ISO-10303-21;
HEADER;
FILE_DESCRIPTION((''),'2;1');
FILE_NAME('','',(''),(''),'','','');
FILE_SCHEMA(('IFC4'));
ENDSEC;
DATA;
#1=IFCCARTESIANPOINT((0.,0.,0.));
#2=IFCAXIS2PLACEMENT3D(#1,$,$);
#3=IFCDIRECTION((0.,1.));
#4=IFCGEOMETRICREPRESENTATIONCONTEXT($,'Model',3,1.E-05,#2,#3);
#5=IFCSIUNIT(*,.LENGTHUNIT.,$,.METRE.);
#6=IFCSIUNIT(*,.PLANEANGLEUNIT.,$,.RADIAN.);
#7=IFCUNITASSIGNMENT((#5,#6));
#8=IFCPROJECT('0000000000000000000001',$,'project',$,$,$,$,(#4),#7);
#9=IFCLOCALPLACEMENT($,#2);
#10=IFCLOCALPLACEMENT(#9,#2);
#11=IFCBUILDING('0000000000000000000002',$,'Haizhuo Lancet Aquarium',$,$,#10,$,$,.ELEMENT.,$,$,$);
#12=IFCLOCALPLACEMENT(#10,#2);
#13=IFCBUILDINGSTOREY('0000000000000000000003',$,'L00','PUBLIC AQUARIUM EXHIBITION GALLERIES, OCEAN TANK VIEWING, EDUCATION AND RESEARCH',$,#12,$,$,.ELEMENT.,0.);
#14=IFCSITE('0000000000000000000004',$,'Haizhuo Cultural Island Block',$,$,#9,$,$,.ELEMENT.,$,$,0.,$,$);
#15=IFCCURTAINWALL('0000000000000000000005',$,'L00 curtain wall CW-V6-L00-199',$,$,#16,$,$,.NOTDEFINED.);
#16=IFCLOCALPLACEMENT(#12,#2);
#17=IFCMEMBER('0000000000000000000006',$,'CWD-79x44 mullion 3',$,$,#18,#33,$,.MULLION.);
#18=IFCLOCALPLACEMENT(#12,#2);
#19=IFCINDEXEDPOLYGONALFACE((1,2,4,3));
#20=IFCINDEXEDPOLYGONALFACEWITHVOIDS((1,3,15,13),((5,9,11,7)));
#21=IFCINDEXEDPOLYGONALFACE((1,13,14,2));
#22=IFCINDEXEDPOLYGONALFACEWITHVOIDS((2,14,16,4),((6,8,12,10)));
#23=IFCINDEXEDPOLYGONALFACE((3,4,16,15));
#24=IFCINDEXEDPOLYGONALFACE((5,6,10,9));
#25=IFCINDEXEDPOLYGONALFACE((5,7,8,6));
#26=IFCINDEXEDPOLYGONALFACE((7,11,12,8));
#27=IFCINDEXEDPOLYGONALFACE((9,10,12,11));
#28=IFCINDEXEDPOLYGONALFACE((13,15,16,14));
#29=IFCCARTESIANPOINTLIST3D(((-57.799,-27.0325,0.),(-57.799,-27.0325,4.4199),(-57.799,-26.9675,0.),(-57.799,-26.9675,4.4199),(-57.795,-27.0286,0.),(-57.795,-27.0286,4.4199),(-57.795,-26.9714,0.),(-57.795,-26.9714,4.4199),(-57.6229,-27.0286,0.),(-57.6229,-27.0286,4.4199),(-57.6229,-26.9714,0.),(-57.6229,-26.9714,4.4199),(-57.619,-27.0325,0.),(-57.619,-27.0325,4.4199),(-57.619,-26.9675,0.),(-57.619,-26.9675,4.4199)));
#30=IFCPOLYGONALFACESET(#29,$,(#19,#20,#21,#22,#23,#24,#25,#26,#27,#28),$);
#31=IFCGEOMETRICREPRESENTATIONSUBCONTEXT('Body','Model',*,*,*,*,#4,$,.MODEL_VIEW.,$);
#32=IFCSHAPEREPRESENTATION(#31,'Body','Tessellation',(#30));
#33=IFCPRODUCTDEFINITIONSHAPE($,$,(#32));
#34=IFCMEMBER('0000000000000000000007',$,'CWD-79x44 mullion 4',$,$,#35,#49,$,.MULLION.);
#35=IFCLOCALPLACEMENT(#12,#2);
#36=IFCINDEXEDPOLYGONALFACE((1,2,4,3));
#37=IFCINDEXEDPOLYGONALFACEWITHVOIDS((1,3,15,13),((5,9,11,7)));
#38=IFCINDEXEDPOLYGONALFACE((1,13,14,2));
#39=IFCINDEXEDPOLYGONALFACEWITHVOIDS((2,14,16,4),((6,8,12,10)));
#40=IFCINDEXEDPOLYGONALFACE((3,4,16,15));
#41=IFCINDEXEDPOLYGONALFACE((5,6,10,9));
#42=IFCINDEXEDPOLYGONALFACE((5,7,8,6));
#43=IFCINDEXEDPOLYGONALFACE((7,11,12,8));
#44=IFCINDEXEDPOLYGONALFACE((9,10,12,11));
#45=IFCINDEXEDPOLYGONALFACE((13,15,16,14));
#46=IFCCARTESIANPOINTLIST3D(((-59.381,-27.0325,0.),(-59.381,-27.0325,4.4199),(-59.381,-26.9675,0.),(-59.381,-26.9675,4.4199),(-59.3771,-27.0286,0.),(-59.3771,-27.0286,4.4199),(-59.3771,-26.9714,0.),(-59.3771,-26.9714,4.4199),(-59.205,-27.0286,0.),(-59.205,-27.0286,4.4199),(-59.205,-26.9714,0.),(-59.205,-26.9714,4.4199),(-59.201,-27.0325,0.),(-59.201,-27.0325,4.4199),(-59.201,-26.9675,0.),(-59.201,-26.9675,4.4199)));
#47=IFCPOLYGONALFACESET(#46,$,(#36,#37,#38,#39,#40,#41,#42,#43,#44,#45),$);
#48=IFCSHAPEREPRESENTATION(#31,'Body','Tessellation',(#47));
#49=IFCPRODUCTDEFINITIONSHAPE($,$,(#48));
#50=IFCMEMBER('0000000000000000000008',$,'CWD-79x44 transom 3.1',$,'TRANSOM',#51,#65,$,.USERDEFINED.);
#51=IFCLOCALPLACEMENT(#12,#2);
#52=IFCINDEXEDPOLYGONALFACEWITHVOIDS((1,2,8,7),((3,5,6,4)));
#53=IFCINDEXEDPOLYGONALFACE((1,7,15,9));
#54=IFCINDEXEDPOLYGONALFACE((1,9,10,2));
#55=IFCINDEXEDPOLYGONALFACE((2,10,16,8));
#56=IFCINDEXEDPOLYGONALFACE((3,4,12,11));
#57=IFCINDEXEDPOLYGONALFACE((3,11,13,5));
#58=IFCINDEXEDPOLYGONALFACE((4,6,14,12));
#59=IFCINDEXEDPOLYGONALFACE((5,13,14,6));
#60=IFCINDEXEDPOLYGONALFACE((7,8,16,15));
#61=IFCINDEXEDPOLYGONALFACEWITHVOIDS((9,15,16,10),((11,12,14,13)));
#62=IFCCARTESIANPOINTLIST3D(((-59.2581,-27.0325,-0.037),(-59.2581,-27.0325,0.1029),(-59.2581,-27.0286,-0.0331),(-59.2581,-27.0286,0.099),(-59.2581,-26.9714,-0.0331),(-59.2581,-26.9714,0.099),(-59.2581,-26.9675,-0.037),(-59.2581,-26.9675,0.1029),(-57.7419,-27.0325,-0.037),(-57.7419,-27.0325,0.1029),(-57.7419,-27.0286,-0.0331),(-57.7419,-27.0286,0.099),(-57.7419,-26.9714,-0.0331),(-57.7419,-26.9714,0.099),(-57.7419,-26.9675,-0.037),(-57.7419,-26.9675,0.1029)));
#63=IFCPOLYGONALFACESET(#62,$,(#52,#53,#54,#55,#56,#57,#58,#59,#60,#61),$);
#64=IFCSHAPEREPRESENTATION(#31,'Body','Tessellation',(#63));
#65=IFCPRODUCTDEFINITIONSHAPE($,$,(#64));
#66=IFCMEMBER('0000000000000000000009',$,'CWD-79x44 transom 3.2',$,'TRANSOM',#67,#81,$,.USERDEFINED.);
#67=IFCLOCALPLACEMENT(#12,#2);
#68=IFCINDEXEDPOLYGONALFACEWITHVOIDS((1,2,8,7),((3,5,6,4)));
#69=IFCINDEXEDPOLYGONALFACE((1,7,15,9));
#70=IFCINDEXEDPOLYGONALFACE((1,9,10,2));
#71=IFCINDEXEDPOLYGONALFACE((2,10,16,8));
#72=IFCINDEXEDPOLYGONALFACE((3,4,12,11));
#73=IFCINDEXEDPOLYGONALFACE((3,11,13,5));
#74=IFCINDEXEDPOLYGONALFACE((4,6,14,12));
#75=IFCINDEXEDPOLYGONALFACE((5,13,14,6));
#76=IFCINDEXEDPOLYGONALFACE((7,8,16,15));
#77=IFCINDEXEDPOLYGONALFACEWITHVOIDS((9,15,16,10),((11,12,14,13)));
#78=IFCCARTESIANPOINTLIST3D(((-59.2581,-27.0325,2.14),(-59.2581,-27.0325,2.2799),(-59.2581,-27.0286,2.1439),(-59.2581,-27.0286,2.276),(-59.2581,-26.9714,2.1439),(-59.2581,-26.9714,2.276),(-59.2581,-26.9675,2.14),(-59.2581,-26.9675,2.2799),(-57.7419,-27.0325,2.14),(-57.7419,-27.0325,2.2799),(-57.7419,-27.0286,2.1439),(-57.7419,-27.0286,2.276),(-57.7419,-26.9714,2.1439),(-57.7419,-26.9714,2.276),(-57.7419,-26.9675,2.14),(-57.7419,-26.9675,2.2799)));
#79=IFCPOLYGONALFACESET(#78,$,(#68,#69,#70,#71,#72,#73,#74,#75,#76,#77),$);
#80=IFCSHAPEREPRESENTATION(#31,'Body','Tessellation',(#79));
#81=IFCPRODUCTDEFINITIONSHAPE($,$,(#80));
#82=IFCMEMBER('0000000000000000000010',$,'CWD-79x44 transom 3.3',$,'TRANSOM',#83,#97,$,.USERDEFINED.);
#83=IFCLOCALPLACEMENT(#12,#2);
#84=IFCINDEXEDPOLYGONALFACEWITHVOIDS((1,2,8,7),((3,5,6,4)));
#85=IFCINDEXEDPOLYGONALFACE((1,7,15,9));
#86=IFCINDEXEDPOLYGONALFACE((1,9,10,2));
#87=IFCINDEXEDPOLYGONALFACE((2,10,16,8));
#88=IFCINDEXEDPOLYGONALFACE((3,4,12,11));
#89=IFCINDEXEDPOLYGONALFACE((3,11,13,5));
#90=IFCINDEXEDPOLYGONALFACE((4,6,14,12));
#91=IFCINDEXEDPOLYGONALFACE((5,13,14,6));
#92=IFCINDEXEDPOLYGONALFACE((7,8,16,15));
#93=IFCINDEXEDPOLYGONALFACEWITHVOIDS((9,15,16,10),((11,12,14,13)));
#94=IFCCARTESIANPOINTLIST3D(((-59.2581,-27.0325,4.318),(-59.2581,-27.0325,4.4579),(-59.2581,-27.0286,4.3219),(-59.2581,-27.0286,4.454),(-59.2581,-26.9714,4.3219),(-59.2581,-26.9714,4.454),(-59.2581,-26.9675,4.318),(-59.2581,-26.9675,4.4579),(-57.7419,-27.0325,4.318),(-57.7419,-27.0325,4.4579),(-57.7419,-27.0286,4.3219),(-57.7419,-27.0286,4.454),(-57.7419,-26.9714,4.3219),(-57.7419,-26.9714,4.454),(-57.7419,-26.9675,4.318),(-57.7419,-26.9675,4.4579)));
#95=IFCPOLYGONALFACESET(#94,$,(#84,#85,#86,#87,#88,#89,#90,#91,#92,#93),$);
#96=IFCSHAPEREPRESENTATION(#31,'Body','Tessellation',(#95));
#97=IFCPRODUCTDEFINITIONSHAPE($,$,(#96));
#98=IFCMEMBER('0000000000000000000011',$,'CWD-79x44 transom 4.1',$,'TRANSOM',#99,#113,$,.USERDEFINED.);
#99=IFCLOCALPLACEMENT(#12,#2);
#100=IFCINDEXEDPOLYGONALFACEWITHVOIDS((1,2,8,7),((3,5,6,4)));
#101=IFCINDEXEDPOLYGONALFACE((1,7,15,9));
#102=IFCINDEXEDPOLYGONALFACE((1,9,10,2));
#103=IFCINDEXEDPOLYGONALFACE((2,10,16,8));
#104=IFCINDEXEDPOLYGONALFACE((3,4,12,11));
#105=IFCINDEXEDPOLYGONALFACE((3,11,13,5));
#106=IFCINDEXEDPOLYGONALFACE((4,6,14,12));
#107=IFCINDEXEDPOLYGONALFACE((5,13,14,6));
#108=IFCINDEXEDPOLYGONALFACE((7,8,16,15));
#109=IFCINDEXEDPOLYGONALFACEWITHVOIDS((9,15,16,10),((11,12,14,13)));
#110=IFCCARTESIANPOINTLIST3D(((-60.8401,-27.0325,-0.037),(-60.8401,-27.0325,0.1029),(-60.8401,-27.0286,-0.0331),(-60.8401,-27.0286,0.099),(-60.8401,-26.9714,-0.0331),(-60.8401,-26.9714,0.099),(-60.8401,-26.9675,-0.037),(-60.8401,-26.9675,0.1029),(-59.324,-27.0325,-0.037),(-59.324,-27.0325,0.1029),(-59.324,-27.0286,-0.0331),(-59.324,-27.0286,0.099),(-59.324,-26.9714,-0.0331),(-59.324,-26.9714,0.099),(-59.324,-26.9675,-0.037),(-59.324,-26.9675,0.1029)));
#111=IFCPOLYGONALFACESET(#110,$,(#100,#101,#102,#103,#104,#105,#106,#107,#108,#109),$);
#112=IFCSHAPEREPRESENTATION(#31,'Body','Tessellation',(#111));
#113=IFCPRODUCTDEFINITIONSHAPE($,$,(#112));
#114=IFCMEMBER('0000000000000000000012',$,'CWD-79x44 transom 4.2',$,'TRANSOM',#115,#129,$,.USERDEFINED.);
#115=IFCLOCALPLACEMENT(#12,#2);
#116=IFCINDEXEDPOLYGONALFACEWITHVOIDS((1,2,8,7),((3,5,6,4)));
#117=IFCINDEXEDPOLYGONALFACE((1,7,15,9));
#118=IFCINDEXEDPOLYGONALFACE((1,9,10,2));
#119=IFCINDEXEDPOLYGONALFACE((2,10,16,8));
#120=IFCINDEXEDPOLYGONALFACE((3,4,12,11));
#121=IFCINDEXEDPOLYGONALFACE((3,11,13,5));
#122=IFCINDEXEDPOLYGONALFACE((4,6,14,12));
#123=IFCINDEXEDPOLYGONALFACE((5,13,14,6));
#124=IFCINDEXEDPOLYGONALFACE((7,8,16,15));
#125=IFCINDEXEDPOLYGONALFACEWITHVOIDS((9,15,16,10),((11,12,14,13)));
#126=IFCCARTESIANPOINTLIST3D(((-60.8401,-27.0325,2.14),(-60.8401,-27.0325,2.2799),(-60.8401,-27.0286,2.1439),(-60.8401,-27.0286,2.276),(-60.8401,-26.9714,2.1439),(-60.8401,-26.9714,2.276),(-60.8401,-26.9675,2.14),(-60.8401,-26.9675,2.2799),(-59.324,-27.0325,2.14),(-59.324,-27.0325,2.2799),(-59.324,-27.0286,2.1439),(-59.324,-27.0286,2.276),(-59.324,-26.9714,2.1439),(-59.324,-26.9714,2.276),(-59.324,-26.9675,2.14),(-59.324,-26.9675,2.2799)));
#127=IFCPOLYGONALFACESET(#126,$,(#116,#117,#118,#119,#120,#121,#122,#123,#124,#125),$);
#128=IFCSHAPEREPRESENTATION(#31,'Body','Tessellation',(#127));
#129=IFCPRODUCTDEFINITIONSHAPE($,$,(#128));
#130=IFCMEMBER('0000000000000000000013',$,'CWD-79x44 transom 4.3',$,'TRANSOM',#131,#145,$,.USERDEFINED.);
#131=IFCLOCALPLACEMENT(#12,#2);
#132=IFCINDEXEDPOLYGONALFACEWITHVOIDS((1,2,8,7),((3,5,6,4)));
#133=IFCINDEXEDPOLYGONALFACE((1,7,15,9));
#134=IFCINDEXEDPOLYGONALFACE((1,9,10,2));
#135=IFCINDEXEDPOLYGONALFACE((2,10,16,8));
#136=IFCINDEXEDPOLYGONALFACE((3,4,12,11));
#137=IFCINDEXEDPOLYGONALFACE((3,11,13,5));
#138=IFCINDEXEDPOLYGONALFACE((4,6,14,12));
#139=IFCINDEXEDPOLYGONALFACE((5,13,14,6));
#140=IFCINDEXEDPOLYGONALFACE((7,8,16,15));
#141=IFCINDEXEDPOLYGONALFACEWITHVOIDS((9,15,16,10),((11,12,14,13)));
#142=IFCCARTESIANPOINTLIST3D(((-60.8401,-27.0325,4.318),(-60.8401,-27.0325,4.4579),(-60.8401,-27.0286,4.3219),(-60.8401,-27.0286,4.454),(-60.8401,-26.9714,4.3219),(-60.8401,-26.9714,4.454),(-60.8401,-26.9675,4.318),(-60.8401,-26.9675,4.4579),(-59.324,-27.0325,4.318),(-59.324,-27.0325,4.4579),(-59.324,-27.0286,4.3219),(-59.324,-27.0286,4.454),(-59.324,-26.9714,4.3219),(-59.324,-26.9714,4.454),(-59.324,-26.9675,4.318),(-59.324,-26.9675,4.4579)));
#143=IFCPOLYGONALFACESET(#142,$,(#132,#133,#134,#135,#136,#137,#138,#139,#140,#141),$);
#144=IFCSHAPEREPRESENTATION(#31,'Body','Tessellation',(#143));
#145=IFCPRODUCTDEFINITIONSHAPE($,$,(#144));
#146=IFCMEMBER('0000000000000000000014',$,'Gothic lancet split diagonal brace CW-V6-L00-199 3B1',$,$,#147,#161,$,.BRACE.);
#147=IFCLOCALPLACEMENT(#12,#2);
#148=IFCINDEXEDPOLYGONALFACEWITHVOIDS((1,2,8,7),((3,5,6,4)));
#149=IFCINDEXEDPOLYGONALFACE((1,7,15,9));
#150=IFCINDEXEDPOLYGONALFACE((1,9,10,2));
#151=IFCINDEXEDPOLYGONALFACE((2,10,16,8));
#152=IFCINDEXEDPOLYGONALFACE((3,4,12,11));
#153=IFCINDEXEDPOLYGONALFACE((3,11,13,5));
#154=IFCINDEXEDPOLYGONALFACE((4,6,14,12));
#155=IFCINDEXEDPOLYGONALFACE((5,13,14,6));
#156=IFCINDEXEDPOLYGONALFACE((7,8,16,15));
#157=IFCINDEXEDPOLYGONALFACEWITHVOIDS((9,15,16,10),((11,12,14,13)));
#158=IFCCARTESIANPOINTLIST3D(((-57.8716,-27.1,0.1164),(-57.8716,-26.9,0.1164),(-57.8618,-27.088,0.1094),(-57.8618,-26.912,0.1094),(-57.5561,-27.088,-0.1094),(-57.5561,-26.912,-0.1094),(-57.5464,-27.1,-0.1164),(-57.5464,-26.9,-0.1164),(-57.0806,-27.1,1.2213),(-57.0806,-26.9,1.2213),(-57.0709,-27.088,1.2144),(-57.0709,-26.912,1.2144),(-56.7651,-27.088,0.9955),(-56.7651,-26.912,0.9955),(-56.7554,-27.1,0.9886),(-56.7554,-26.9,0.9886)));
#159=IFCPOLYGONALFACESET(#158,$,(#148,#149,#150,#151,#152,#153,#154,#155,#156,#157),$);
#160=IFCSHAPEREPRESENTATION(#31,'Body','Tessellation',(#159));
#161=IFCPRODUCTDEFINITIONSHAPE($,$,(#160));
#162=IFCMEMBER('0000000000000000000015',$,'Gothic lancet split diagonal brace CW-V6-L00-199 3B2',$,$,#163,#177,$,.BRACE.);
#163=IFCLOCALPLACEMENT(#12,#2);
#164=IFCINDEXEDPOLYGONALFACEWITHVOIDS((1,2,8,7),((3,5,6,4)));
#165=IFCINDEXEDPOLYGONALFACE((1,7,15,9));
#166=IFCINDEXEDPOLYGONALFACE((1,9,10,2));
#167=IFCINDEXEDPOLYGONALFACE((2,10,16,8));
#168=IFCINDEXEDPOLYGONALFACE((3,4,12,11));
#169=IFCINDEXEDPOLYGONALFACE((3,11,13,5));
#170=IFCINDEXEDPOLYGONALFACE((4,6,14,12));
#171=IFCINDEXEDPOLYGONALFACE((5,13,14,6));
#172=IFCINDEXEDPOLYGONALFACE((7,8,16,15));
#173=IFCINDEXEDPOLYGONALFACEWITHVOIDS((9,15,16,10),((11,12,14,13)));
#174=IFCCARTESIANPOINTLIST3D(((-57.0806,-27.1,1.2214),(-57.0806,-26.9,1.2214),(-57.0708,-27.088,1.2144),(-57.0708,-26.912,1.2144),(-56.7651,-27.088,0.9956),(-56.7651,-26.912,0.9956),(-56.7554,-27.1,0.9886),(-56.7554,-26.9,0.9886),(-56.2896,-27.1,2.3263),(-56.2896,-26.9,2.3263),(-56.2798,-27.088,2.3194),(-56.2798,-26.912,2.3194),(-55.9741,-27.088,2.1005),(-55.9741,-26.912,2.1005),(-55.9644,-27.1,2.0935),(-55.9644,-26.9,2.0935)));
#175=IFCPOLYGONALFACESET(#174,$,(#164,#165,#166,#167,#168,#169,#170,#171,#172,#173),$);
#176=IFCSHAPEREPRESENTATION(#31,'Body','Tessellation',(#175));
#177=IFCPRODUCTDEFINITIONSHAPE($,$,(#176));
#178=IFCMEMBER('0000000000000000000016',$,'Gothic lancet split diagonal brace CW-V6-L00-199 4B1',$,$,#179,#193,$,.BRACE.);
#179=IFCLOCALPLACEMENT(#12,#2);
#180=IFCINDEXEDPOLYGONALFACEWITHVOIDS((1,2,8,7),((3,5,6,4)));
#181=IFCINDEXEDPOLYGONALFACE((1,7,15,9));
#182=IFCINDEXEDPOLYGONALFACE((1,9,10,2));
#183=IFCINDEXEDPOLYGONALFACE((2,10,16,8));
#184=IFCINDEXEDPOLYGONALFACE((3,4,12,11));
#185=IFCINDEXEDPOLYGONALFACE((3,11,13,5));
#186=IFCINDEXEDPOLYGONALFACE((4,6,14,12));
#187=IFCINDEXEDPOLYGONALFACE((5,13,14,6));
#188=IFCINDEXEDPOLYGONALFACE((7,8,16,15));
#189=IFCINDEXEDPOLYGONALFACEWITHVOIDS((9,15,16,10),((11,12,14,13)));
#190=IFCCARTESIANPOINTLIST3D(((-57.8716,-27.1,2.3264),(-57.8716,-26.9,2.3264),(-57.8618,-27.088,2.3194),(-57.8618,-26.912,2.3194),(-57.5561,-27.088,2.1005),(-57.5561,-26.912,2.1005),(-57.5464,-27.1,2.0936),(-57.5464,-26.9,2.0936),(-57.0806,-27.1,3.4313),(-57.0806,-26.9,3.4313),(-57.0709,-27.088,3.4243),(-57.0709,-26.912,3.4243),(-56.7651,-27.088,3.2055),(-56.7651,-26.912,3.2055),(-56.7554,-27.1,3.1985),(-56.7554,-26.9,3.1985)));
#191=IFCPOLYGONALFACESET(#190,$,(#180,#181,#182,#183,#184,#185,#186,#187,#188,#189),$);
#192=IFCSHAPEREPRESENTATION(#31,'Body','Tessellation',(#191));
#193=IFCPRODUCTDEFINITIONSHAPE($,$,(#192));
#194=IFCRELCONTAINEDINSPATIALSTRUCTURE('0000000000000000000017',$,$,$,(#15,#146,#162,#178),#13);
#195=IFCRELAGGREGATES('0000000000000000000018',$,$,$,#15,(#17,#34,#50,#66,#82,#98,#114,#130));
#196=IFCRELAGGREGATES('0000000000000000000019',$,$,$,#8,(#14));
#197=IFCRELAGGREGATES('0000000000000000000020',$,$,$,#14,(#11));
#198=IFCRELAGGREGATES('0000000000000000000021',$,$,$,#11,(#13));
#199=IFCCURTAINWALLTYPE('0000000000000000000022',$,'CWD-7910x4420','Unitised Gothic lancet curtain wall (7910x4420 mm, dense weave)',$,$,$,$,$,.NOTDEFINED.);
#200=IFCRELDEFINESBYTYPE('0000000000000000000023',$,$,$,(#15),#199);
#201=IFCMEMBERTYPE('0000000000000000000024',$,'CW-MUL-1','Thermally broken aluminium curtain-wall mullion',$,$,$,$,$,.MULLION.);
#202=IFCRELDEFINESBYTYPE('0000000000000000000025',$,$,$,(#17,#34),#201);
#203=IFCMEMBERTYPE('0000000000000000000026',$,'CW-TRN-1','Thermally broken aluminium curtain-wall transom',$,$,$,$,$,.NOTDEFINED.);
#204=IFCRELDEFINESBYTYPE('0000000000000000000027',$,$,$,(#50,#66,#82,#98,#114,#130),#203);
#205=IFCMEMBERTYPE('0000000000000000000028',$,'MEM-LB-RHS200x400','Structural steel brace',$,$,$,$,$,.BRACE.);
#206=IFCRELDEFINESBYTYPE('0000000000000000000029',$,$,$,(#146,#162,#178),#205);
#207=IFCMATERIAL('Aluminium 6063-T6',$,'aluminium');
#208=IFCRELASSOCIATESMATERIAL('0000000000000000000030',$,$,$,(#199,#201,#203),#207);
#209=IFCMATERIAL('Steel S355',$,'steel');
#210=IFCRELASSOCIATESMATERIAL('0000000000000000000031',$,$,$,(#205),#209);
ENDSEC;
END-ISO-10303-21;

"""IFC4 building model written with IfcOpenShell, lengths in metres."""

from ifc_helpers import new_model, si_unit, direction, frame, origin, origin_2d, place, context, subcontext, project, spatial, hollow_rectangle, extrude, material, material_profile, profile_set, type_object, element, aggregate, save


model = new_model("IFC4")

# Units and contexts
model_context = context("Model", 3, precision=1e-05, world=origin(), true_north=direction((0.0, 1.0)))
body_context = subcontext(model_context, "Body", "Model", "MODEL_VIEW")
ifc_project = project(units=[si_unit("LENGTHUNIT", "METRE"), si_unit("PLANEANGLEUNIT", "RADIAN")], contexts=[model_context])

# Site, building, storey
site_placement = place(None, origin())
site = spatial("IfcSite", under=ifc_project, at=site_placement, Name="Haizhuo Cultural Island Block", CompositionType="ELEMENT", RefElevation=0.0)
building_placement = place(site_placement, origin())
building = spatial("IfcBuilding", under=site, at=building_placement, Name="Haizhuo Lancet Aquarium", CompositionType="ELEMENT")
storey_placement = place(building_placement, origin())
storey = spatial("IfcBuildingStorey", under=building, at=storey_placement, Name="L00", Description="PUBLIC AQUARIUM EXHIBITION GALLERIES, OCEAN TANK VIEWING, EDUCATION AND RESEARCH", CompositionType="ELEMENT", Elevation=0.0)

# Curtain wall, members
ifc_material_1 = material(Name="Aluminium 6063-T6", Category="aluminium")
curtain_wall_type = type_object("IfcCurtainWallType", Name="CWD-7910x4420", Description="Unitised Gothic lancet curtain wall (7910x4420 mm, dense weave)", PredefinedType="NOTDEFINED", material=ifc_material_1)
curtain_wall_placement = place(storey_placement, origin())
curtain_wall = element("IfcCurtainWall", 1, at=curtain_wall_placement, inside=storey, type_object=curtain_wall_type, Name="L00 curtain wall CW-V6-L00-199", PredefinedType="NOTDEFINED")
ifc_material_profile_1 = material_profile(ifc_material_1, hollow_rectangle(XDim=0.0649, YDim=0.1799, WallThickness=0.0039, at=origin_2d()), Name="ALU-M 65x180x4")
ifc_profile_set_1 = profile_set([ifc_material_profile_1], Name="Aluminium 6063-T6")
member_type_1 = type_object("IfcMemberType", Name="CW-MUL-1", Description="Thermally broken aluminium curtain-wall mullion", PredefinedType="MULLION", material=ifc_profile_set_1)
member_1_placement = place(storey_placement, frame((-57.709, -27.0, 0.0), z_axis=(0.0, 0.0, 1.0), x_axis=(0.0, -1.0, 0.0)))
member_1 = element("IfcMember", 2, at=member_1_placement, type_object=member_type_1, Name="CWD-79x44 mullion 3", PredefinedType="MULLION", context=body_context, shape_type="SweptSolid", body=[
    extrude(hollow_rectangle(XDim=0.0649, YDim=0.1799, WallThickness=0.0039, at=origin_2d()), origin(), (0.0, 0.0, 1.0), 4.4199),
])
member_2_placement = place(storey_placement, frame((-59.291, -27.0, 0.0), z_axis=(0.0, 0.0, 1.0), x_axis=(0.0, -1.0, 0.0)))
member_2 = element("IfcMember", 3, at=member_2_placement, type_object=member_type_1, Name="CWD-79x44 mullion 4", PredefinedType="MULLION", context=body_context, shape_type="SweptSolid", body=[
    extrude(hollow_rectangle(XDim=0.0649, YDim=0.1799, WallThickness=0.0039, at=origin_2d()), origin(), (0.0, 0.0, 1.0), 4.4199),
])
ifc_material_profile_2 = material_profile(ifc_material_1, hollow_rectangle(XDim=0.0649, YDim=0.1399, WallThickness=0.0039, at=origin_2d()), Name="ALU-T 65x140x4")
ifc_profile_set_2 = profile_set([ifc_material_profile_2], Name="Aluminium 6063-T6")
member_type_2 = type_object("IfcMemberType", Name="CW-TRN-1", Description="Thermally broken aluminium curtain-wall transom", PredefinedType="NOTDEFINED", material=ifc_profile_set_2)
member_3_placement = place(storey_placement, frame((-57.7419, -27.0, 0.033), z_axis=(-1.0, 0.0, 0.0), x_axis=(0.0, -1.0, 0.0)))
member_3 = element("IfcMember", 4, at=member_3_placement, type_object=member_type_2, Name="CWD-79x44 transom 3.1", ObjectType="TRANSOM", PredefinedType="USERDEFINED", context=body_context, shape_type="SweptSolid", body=[
    extrude(hollow_rectangle(XDim=0.0649, YDim=0.1399, WallThickness=0.0039, at=origin_2d()), origin(), (0.0, 0.0, 1.0), 1.5161),
])
member_4_placement = place(storey_placement, frame((-57.7419, -27.0, 2.21), z_axis=(-1.0, 0.0, 0.0), x_axis=(0.0, -1.0, 0.0)))
member_4 = element("IfcMember", 5, at=member_4_placement, type_object=member_type_2, Name="CWD-79x44 transom 3.2", ObjectType="TRANSOM", PredefinedType="USERDEFINED", context=body_context, shape_type="SweptSolid", body=[
    extrude(hollow_rectangle(XDim=0.0649, YDim=0.1399, WallThickness=0.0039, at=origin_2d()), origin(), (0.0, 0.0, 1.0), 1.5161),
])
member_5_placement = place(storey_placement, frame((-57.7419, -27.0, 4.3879), z_axis=(-1.0, 0.0, 0.0), x_axis=(0.0, -1.0, 0.0)))
member_5 = element("IfcMember", 6, at=member_5_placement, type_object=member_type_2, Name="CWD-79x44 transom 3.3", ObjectType="TRANSOM", PredefinedType="USERDEFINED", context=body_context, shape_type="SweptSolid", body=[
    extrude(hollow_rectangle(XDim=0.0649, YDim=0.1399, WallThickness=0.0039, at=origin_2d()), origin(), (0.0, 0.0, 1.0), 1.5161),
])
member_6_placement = place(storey_placement, frame((-59.324, -27.0, 0.033), z_axis=(-1.0, 0.0, 0.0), x_axis=(0.0, -1.0, 0.0)))
member_6 = element("IfcMember", 7, at=member_6_placement, type_object=member_type_2, Name="CWD-79x44 transom 4.1", ObjectType="TRANSOM", PredefinedType="USERDEFINED", context=body_context, shape_type="SweptSolid", body=[
    extrude(hollow_rectangle(XDim=0.0649, YDim=0.1399, WallThickness=0.0039, at=origin_2d()), origin(), (0.0, 0.0, 1.0), 1.5161),
])
member_7_placement = place(storey_placement, frame((-59.324, -27.0, 2.21), z_axis=(-1.0, 0.0, 0.0), x_axis=(0.0, -1.0, 0.0)))
member_7 = element("IfcMember", 8, at=member_7_placement, type_object=member_type_2, Name="CWD-79x44 transom 4.2", ObjectType="TRANSOM", PredefinedType="USERDEFINED", context=body_context, shape_type="SweptSolid", body=[
    extrude(hollow_rectangle(XDim=0.0649, YDim=0.1399, WallThickness=0.0039, at=origin_2d()), origin(), (0.0, 0.0, 1.0), 1.5161),
])
member_8_placement = place(storey_placement, frame((-59.324, -27.0, 4.3879), z_axis=(-1.0, 0.0, 0.0), x_axis=(0.0, -1.0, 0.0)))
member_8 = element("IfcMember", 9, at=member_8_placement, type_object=member_type_2, Name="CWD-79x44 transom 4.3", ObjectType="TRANSOM", PredefinedType="USERDEFINED", context=body_context, shape_type="SweptSolid", body=[
    extrude(hollow_rectangle(XDim=0.0649, YDim=0.1399, WallThickness=0.0039, at=origin_2d()), origin(), (0.0, 0.0, 1.0), 1.5161),
])

# Members
ifc_material_2 = material(Name="Steel S355", Category="steel")
ifc_material_profile_3 = material_profile(ifc_material_2, hollow_rectangle(XDim=0.2, YDim=0.3999, WallThickness=0.012, at=origin_2d()), Name="RHS 200x400x12")
ifc_profile_set_3 = profile_set([ifc_material_profile_3], Name="Steel S355")
member_type_3 = type_object("IfcMemberType", Name="MEM-LB-RHS200x400", Description="Structural steel brace", PredefinedType="BRACE", material=ifc_profile_set_3)
for number, where, z_axis, x_axis, name in (
    (10, (-57.709, -27.0, 0.0), (0.582088, 0.0, 0.813126), (0.0, 1.0, 0.0), "Gothic lancet split diagonal brace CW-V6-L00-199 3B1"),
    (11, (-56.918, -27.0, 1.105), (0.582088, 0.0, 0.813126), (0.0, 1.0, 0.0), "Gothic lancet split diagonal brace CW-V6-L00-199 3B2"),
    (12, (-57.709, -27.0, 2.21), (0.582088, 0.0, 0.813126), (0.0, 1.0, 0.0), "Gothic lancet split diagonal brace CW-V6-L00-199 4B1"),
):
    element("IfcMember", number, at=place(storey_placement, frame(where, z_axis=z_axis, x_axis=x_axis)), inside=storey, type_object=member_type_3, Name=name, PredefinedType="BRACE", context=body_context, shape_type="SweptSolid", body=[
        extrude(hollow_rectangle(XDim=0.2, YDim=0.3999, WallThickness=0.012, at=origin_2d()), origin(), (0.0, 0.0, 1.0), 1.3589),
    ])

aggregate(curtain_wall, [member_1, member_2, member_3, member_4, member_5, member_6, member_7, member_8])

save(model, "model.ifc")
